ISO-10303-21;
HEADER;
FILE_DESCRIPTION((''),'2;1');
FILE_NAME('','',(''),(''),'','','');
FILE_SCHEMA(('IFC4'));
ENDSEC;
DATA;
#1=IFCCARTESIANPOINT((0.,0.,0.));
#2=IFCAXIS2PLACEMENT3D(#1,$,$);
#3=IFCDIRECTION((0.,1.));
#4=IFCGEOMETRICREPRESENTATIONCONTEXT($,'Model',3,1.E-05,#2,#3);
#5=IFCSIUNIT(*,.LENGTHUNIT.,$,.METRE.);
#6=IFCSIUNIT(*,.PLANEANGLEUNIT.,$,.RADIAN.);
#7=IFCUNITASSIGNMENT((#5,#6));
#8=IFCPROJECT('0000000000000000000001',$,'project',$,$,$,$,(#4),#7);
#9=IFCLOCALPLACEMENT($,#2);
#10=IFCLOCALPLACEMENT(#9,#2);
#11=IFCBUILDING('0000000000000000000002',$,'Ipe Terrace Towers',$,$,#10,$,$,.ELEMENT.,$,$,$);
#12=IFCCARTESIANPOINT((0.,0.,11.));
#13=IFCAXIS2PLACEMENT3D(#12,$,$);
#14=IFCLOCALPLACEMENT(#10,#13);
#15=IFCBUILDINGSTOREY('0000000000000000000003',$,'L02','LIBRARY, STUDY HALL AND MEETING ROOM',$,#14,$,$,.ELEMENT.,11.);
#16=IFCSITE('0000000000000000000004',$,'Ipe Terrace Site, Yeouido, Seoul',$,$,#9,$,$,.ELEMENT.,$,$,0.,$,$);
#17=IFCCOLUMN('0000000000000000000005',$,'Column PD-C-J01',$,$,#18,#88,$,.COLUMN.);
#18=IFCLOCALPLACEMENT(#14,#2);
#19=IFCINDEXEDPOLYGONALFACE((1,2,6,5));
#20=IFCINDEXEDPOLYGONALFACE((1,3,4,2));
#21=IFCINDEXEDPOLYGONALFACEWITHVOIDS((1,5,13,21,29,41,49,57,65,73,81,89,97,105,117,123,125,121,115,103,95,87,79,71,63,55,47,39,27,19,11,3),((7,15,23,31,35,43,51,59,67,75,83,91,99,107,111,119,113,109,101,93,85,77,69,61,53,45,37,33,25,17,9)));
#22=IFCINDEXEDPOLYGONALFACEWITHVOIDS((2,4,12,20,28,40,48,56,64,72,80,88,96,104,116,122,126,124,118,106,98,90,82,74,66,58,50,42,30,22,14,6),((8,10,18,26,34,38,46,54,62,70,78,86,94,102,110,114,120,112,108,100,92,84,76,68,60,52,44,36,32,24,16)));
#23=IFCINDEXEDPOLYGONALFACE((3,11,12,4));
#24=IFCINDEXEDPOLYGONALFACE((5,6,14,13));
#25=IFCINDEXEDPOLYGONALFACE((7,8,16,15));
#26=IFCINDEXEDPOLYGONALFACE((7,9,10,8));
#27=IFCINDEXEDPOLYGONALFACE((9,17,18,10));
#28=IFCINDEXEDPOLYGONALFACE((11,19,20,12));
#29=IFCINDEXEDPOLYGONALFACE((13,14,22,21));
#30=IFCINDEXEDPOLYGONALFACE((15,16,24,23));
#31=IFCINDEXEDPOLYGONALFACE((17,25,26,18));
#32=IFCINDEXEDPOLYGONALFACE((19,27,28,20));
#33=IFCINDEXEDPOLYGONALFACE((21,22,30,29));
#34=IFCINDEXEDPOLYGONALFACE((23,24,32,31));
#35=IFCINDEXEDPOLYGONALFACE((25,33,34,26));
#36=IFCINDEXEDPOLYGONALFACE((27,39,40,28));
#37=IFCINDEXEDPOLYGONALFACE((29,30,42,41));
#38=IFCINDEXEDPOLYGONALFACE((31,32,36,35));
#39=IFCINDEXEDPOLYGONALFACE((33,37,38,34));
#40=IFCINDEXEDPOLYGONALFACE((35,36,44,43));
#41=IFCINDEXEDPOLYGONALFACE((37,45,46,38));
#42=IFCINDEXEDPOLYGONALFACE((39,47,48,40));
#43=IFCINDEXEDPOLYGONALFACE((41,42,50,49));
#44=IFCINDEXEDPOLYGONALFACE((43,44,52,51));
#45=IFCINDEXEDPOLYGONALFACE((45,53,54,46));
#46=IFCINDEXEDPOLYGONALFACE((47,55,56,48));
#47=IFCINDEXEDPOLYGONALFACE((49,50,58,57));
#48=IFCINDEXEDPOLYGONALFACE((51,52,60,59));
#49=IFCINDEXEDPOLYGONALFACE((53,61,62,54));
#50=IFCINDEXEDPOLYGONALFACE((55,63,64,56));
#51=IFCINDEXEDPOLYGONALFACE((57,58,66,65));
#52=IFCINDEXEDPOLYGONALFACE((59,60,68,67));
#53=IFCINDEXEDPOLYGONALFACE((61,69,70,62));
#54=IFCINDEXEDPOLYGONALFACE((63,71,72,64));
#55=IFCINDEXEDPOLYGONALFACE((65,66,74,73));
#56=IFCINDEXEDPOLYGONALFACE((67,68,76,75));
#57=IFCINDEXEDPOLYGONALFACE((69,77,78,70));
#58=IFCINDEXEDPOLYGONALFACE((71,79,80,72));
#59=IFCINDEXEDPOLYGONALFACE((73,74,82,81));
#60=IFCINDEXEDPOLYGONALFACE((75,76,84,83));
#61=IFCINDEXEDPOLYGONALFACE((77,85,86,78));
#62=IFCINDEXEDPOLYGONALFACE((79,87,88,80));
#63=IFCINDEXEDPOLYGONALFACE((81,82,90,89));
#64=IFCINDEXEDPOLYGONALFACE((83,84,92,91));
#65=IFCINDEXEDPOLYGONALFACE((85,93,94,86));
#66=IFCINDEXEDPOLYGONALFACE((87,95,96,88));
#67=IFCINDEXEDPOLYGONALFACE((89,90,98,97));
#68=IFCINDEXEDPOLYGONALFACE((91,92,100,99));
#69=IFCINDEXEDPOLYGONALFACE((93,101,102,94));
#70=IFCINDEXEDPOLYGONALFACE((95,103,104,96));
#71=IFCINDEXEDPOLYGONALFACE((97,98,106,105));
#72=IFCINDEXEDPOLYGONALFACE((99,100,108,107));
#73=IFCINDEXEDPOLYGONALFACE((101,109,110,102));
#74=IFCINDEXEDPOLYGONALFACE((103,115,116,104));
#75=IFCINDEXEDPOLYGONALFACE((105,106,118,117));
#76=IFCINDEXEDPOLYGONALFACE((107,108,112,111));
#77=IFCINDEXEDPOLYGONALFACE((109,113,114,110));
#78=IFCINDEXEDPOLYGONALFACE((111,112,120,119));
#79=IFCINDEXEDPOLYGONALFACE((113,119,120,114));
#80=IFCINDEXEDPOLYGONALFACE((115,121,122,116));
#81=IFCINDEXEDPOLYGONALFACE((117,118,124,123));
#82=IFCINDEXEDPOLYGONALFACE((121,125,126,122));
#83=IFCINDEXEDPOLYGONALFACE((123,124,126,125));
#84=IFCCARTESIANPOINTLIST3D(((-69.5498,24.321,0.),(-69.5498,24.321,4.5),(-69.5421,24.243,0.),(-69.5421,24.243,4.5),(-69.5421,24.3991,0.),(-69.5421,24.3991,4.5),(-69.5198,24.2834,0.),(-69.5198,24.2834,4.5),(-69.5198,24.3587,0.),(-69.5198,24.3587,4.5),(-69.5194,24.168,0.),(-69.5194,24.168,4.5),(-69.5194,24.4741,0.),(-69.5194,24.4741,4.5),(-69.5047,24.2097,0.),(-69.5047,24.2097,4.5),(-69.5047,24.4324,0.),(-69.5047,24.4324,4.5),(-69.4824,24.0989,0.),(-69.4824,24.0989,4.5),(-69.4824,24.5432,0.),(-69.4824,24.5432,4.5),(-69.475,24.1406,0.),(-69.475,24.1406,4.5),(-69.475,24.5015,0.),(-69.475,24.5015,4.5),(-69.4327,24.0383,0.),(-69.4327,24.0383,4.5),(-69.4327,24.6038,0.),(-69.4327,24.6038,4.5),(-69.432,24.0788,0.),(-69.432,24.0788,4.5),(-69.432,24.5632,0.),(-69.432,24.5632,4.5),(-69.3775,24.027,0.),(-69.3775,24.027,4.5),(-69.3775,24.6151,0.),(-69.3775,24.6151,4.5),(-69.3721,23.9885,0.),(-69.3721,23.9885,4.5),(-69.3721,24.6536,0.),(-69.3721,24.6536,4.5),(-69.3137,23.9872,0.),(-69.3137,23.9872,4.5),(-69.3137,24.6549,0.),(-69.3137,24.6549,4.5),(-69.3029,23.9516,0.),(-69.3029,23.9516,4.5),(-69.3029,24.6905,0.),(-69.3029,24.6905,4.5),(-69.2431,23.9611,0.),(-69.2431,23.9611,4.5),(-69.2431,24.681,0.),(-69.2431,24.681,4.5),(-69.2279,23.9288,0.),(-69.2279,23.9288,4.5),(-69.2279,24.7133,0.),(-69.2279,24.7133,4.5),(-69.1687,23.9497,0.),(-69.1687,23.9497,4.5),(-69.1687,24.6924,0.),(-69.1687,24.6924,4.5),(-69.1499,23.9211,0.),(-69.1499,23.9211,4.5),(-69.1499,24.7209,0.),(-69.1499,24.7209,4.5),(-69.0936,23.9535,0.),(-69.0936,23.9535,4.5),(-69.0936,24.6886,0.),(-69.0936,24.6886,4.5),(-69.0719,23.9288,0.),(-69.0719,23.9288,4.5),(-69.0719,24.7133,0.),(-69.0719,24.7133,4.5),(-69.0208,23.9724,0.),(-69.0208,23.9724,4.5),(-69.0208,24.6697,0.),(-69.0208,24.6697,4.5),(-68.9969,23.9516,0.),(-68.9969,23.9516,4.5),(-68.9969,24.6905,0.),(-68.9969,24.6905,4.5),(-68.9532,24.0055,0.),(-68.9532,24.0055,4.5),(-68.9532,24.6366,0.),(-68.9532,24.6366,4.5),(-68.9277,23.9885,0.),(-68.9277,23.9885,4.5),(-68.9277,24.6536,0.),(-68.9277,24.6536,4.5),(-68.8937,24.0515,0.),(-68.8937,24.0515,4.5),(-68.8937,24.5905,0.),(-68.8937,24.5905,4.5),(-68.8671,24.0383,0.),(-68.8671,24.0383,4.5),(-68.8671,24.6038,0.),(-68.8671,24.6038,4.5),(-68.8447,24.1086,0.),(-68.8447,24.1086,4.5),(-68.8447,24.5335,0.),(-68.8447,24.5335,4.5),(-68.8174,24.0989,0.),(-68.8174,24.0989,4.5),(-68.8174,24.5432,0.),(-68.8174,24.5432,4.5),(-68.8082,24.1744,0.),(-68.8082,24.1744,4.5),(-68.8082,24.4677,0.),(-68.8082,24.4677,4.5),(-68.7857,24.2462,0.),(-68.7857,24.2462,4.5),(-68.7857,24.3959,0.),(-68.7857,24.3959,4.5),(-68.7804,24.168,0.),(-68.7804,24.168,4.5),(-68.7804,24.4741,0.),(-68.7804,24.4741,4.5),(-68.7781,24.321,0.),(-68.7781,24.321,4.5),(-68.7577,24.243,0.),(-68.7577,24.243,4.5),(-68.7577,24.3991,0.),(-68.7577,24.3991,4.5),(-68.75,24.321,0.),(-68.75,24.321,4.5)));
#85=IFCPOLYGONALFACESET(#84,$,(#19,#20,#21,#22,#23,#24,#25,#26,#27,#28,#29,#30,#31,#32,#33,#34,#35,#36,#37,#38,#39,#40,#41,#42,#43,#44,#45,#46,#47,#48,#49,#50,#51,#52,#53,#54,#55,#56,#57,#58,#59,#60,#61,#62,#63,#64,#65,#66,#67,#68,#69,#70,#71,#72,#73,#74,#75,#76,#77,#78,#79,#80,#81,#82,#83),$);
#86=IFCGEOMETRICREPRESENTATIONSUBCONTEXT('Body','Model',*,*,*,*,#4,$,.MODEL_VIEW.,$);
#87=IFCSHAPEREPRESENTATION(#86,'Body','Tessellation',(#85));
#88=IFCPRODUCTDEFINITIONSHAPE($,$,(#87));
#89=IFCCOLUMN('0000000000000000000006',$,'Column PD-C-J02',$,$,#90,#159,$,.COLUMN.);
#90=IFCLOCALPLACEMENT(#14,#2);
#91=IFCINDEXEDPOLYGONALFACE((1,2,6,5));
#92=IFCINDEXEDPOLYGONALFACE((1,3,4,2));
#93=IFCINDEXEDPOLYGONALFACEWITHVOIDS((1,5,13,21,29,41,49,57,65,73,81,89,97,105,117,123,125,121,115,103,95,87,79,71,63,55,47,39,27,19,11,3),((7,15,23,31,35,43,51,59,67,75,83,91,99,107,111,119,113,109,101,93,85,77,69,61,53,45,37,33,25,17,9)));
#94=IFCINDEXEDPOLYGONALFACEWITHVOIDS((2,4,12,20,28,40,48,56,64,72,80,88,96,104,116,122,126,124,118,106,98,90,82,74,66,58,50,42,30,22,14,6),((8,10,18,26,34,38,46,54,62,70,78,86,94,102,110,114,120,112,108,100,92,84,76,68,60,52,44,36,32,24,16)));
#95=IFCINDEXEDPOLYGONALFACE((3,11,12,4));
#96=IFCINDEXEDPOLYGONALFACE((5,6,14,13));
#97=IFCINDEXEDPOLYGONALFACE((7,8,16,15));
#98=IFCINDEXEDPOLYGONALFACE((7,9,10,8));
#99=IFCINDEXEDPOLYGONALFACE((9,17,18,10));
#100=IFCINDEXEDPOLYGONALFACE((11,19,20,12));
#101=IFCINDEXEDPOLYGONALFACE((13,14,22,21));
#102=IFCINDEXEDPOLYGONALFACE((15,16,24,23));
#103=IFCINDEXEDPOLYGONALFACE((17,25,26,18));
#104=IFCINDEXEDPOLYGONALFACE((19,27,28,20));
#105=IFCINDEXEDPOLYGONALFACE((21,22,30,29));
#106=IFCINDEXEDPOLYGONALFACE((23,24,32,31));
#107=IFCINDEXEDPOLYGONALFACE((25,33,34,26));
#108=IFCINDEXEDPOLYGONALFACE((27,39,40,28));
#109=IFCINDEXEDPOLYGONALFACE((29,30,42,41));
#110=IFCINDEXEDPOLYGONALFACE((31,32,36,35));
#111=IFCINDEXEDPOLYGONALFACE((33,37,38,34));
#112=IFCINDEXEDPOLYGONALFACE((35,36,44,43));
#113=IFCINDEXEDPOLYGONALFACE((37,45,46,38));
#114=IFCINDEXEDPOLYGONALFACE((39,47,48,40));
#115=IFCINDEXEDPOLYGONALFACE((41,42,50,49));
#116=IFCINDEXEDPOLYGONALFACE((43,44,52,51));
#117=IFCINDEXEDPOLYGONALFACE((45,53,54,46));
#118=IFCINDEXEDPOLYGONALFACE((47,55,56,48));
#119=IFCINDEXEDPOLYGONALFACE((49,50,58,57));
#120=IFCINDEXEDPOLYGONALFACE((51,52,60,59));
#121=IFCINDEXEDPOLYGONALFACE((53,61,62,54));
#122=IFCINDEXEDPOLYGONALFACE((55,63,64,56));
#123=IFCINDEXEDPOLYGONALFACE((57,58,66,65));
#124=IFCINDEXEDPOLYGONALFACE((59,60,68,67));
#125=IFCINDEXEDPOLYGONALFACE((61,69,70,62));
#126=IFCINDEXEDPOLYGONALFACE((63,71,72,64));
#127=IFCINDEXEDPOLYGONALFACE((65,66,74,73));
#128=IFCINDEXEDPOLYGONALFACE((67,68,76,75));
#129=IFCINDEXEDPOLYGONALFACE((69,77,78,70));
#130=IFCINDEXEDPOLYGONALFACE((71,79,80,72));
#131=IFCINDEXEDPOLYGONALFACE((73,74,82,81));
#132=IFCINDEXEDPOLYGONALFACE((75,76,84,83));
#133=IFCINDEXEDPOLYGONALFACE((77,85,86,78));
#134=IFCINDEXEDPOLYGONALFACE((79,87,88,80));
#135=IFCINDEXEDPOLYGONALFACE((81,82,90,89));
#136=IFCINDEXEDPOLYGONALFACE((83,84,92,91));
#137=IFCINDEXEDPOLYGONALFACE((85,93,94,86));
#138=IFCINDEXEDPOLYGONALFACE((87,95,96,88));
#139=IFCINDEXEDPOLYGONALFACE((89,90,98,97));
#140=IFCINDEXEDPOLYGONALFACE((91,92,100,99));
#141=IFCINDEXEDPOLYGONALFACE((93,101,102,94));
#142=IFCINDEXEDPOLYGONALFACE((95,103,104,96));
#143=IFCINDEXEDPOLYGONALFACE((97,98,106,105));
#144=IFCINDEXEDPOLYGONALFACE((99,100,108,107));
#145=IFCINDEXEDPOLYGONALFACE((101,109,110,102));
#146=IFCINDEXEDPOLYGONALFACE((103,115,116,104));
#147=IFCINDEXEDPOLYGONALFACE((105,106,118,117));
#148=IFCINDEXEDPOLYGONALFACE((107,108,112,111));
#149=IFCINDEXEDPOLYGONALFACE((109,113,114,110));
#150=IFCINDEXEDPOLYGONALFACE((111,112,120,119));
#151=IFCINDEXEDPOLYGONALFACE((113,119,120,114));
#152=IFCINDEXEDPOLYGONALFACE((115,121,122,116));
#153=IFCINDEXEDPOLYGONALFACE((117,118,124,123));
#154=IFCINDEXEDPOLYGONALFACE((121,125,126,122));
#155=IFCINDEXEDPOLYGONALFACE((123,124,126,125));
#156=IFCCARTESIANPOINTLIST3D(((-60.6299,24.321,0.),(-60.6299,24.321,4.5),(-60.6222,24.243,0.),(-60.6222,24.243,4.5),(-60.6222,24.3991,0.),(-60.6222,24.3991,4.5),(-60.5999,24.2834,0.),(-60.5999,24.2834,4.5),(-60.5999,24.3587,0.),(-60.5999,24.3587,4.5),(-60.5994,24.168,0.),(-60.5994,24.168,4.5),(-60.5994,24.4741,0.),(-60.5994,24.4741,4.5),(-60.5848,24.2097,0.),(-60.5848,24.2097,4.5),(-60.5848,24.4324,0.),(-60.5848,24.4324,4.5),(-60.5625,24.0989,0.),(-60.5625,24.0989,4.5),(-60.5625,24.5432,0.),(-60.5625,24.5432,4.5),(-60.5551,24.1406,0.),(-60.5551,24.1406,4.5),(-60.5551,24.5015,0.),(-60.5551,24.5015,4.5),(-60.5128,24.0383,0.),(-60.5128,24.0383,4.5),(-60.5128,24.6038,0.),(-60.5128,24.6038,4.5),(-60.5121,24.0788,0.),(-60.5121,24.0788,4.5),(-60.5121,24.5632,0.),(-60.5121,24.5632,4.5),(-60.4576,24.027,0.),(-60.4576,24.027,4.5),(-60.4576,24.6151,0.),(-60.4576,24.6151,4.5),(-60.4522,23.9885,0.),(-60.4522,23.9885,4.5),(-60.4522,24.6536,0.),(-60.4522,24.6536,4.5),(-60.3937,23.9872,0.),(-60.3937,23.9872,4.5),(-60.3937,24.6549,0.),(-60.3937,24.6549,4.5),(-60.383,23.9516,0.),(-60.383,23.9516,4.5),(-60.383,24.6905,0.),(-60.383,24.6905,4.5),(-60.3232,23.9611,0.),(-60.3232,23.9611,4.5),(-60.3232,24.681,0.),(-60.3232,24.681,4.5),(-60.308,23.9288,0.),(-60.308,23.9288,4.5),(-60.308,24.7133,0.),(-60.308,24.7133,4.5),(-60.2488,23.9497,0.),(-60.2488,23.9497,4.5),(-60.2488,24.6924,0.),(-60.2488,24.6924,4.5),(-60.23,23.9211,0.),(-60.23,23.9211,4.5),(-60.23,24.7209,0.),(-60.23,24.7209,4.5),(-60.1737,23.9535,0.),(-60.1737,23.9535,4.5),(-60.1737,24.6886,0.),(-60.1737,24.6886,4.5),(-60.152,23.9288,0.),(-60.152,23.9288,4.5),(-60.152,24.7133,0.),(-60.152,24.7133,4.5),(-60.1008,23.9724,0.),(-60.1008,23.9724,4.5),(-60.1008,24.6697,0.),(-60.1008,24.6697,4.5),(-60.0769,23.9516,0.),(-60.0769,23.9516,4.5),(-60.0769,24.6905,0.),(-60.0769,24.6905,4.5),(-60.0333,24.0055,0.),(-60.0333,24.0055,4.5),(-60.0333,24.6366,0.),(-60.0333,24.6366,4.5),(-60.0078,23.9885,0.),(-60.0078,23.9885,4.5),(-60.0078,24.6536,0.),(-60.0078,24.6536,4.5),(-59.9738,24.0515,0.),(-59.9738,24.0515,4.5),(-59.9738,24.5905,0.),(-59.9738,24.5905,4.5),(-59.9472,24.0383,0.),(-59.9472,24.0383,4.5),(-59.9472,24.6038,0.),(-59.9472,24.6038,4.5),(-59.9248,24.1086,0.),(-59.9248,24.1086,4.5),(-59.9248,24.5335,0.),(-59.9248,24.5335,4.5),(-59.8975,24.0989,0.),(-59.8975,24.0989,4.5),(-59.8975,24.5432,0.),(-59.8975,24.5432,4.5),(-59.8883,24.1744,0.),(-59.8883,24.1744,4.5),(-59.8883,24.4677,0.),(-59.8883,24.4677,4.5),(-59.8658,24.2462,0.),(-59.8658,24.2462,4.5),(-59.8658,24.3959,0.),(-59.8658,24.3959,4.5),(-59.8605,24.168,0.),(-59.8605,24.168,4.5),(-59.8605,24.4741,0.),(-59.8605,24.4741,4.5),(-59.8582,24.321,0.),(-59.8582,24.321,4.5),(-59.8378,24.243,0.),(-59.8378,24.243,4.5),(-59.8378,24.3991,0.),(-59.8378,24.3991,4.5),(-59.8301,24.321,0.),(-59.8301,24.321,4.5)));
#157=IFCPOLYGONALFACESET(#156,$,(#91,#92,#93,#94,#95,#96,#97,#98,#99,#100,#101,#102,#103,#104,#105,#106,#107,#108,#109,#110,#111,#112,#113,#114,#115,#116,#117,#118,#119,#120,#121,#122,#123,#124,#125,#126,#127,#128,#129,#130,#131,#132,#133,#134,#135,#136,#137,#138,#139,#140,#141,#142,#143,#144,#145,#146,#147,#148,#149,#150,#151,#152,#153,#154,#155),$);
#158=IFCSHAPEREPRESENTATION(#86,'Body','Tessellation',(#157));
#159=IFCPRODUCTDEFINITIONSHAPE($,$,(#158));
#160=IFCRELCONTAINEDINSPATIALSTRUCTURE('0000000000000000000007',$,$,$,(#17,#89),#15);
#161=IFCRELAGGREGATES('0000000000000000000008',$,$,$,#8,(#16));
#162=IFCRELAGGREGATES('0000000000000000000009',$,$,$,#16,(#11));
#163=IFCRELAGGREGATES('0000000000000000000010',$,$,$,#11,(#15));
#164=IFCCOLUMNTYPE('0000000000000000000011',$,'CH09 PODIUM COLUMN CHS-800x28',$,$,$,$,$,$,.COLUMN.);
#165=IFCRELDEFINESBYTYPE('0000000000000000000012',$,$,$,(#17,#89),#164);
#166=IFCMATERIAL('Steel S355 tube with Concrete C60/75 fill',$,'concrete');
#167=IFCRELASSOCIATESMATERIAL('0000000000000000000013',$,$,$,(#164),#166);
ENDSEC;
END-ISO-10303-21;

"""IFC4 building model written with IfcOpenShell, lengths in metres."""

from ifc_helpers import new_model, si_unit, direction, frame, origin, origin_2d, place, context, subcontext, project, spatial, hollow_circle, extrude, material, material_profile, profile_set, type_object, element, save


model = new_model("IFC4")

# Units and contexts
model_context = context("Model", 3, precision=1e-05, world=origin(), true_north=direction((0.0, 1.0)))
body_context = subcontext(model_context, "Body", "Model", "MODEL_VIEW")
ifc_project = project(units=[si_unit("LENGTHUNIT", "METRE"), si_unit("PLANEANGLEUNIT", "RADIAN")], contexts=[model_context])

# Site, building, storey
site_placement = place(None, origin())
site = spatial("IfcSite", under=ifc_project, at=site_placement, Name="Ipe Terrace Site, Yeouido, Seoul", CompositionType="ELEMENT", RefElevation=0.0)
building_placement = place(site_placement, origin())
building = spatial("IfcBuilding", under=site, at=building_placement, Name="Ipe Terrace Towers", CompositionType="ELEMENT")
storey_placement = place(building_placement, frame((0.0, 0.0, 11.0)))
storey = spatial("IfcBuildingStorey", under=building, at=storey_placement, Name="L02", Description="LIBRARY, STUDY HALL AND MEETING ROOM", CompositionType="ELEMENT", Elevation=11.0)

# Columns
ifc_material_1 = material(Name="Steel S355 tube with Concrete C60/75 fill", Category="concrete")
ifc_material_profile_1 = material_profile(ifc_material_1, hollow_circle(Radius=0.3999, WallThickness=0.0281, at=origin_2d()), Name="CHS-800x28")
ifc_profile_set_1 = profile_set([ifc_material_profile_1], Name="Steel S355 tube with Concrete C60/75 fill")
column_type = type_object("IfcColumnType", Name="CH09 PODIUM COLUMN CHS-800x28", PredefinedType="COLUMN", material=ifc_profile_set_1)
for number, where, z_axis, x_axis, name in (
    (1, (-69.1499, 24.321, 0.0), (0.0, 0.0, 1.0), (1.0, 0.0, 0.0), "Column PD-C-J01"),
    (2, (-60.23, 24.321, 0.0), (0.0, 0.0, 1.0), (1.0, 0.0, 0.0), "Column PD-C-J02"),
):
    element("IfcColumn", number, at=place(storey_placement, frame(where, z_axis=z_axis, x_axis=x_axis)), inside=storey, type_object=column_type, Name=name, PredefinedType="COLUMN", context=body_context, shape_type="SweptSolid", body=[
        extrude(hollow_circle(Radius=0.3999, WallThickness=0.0281, at=origin_2d()), origin(), (0.0, 0.0, 1.0), 4.5),
    ])

save(model, "model.ifc")
